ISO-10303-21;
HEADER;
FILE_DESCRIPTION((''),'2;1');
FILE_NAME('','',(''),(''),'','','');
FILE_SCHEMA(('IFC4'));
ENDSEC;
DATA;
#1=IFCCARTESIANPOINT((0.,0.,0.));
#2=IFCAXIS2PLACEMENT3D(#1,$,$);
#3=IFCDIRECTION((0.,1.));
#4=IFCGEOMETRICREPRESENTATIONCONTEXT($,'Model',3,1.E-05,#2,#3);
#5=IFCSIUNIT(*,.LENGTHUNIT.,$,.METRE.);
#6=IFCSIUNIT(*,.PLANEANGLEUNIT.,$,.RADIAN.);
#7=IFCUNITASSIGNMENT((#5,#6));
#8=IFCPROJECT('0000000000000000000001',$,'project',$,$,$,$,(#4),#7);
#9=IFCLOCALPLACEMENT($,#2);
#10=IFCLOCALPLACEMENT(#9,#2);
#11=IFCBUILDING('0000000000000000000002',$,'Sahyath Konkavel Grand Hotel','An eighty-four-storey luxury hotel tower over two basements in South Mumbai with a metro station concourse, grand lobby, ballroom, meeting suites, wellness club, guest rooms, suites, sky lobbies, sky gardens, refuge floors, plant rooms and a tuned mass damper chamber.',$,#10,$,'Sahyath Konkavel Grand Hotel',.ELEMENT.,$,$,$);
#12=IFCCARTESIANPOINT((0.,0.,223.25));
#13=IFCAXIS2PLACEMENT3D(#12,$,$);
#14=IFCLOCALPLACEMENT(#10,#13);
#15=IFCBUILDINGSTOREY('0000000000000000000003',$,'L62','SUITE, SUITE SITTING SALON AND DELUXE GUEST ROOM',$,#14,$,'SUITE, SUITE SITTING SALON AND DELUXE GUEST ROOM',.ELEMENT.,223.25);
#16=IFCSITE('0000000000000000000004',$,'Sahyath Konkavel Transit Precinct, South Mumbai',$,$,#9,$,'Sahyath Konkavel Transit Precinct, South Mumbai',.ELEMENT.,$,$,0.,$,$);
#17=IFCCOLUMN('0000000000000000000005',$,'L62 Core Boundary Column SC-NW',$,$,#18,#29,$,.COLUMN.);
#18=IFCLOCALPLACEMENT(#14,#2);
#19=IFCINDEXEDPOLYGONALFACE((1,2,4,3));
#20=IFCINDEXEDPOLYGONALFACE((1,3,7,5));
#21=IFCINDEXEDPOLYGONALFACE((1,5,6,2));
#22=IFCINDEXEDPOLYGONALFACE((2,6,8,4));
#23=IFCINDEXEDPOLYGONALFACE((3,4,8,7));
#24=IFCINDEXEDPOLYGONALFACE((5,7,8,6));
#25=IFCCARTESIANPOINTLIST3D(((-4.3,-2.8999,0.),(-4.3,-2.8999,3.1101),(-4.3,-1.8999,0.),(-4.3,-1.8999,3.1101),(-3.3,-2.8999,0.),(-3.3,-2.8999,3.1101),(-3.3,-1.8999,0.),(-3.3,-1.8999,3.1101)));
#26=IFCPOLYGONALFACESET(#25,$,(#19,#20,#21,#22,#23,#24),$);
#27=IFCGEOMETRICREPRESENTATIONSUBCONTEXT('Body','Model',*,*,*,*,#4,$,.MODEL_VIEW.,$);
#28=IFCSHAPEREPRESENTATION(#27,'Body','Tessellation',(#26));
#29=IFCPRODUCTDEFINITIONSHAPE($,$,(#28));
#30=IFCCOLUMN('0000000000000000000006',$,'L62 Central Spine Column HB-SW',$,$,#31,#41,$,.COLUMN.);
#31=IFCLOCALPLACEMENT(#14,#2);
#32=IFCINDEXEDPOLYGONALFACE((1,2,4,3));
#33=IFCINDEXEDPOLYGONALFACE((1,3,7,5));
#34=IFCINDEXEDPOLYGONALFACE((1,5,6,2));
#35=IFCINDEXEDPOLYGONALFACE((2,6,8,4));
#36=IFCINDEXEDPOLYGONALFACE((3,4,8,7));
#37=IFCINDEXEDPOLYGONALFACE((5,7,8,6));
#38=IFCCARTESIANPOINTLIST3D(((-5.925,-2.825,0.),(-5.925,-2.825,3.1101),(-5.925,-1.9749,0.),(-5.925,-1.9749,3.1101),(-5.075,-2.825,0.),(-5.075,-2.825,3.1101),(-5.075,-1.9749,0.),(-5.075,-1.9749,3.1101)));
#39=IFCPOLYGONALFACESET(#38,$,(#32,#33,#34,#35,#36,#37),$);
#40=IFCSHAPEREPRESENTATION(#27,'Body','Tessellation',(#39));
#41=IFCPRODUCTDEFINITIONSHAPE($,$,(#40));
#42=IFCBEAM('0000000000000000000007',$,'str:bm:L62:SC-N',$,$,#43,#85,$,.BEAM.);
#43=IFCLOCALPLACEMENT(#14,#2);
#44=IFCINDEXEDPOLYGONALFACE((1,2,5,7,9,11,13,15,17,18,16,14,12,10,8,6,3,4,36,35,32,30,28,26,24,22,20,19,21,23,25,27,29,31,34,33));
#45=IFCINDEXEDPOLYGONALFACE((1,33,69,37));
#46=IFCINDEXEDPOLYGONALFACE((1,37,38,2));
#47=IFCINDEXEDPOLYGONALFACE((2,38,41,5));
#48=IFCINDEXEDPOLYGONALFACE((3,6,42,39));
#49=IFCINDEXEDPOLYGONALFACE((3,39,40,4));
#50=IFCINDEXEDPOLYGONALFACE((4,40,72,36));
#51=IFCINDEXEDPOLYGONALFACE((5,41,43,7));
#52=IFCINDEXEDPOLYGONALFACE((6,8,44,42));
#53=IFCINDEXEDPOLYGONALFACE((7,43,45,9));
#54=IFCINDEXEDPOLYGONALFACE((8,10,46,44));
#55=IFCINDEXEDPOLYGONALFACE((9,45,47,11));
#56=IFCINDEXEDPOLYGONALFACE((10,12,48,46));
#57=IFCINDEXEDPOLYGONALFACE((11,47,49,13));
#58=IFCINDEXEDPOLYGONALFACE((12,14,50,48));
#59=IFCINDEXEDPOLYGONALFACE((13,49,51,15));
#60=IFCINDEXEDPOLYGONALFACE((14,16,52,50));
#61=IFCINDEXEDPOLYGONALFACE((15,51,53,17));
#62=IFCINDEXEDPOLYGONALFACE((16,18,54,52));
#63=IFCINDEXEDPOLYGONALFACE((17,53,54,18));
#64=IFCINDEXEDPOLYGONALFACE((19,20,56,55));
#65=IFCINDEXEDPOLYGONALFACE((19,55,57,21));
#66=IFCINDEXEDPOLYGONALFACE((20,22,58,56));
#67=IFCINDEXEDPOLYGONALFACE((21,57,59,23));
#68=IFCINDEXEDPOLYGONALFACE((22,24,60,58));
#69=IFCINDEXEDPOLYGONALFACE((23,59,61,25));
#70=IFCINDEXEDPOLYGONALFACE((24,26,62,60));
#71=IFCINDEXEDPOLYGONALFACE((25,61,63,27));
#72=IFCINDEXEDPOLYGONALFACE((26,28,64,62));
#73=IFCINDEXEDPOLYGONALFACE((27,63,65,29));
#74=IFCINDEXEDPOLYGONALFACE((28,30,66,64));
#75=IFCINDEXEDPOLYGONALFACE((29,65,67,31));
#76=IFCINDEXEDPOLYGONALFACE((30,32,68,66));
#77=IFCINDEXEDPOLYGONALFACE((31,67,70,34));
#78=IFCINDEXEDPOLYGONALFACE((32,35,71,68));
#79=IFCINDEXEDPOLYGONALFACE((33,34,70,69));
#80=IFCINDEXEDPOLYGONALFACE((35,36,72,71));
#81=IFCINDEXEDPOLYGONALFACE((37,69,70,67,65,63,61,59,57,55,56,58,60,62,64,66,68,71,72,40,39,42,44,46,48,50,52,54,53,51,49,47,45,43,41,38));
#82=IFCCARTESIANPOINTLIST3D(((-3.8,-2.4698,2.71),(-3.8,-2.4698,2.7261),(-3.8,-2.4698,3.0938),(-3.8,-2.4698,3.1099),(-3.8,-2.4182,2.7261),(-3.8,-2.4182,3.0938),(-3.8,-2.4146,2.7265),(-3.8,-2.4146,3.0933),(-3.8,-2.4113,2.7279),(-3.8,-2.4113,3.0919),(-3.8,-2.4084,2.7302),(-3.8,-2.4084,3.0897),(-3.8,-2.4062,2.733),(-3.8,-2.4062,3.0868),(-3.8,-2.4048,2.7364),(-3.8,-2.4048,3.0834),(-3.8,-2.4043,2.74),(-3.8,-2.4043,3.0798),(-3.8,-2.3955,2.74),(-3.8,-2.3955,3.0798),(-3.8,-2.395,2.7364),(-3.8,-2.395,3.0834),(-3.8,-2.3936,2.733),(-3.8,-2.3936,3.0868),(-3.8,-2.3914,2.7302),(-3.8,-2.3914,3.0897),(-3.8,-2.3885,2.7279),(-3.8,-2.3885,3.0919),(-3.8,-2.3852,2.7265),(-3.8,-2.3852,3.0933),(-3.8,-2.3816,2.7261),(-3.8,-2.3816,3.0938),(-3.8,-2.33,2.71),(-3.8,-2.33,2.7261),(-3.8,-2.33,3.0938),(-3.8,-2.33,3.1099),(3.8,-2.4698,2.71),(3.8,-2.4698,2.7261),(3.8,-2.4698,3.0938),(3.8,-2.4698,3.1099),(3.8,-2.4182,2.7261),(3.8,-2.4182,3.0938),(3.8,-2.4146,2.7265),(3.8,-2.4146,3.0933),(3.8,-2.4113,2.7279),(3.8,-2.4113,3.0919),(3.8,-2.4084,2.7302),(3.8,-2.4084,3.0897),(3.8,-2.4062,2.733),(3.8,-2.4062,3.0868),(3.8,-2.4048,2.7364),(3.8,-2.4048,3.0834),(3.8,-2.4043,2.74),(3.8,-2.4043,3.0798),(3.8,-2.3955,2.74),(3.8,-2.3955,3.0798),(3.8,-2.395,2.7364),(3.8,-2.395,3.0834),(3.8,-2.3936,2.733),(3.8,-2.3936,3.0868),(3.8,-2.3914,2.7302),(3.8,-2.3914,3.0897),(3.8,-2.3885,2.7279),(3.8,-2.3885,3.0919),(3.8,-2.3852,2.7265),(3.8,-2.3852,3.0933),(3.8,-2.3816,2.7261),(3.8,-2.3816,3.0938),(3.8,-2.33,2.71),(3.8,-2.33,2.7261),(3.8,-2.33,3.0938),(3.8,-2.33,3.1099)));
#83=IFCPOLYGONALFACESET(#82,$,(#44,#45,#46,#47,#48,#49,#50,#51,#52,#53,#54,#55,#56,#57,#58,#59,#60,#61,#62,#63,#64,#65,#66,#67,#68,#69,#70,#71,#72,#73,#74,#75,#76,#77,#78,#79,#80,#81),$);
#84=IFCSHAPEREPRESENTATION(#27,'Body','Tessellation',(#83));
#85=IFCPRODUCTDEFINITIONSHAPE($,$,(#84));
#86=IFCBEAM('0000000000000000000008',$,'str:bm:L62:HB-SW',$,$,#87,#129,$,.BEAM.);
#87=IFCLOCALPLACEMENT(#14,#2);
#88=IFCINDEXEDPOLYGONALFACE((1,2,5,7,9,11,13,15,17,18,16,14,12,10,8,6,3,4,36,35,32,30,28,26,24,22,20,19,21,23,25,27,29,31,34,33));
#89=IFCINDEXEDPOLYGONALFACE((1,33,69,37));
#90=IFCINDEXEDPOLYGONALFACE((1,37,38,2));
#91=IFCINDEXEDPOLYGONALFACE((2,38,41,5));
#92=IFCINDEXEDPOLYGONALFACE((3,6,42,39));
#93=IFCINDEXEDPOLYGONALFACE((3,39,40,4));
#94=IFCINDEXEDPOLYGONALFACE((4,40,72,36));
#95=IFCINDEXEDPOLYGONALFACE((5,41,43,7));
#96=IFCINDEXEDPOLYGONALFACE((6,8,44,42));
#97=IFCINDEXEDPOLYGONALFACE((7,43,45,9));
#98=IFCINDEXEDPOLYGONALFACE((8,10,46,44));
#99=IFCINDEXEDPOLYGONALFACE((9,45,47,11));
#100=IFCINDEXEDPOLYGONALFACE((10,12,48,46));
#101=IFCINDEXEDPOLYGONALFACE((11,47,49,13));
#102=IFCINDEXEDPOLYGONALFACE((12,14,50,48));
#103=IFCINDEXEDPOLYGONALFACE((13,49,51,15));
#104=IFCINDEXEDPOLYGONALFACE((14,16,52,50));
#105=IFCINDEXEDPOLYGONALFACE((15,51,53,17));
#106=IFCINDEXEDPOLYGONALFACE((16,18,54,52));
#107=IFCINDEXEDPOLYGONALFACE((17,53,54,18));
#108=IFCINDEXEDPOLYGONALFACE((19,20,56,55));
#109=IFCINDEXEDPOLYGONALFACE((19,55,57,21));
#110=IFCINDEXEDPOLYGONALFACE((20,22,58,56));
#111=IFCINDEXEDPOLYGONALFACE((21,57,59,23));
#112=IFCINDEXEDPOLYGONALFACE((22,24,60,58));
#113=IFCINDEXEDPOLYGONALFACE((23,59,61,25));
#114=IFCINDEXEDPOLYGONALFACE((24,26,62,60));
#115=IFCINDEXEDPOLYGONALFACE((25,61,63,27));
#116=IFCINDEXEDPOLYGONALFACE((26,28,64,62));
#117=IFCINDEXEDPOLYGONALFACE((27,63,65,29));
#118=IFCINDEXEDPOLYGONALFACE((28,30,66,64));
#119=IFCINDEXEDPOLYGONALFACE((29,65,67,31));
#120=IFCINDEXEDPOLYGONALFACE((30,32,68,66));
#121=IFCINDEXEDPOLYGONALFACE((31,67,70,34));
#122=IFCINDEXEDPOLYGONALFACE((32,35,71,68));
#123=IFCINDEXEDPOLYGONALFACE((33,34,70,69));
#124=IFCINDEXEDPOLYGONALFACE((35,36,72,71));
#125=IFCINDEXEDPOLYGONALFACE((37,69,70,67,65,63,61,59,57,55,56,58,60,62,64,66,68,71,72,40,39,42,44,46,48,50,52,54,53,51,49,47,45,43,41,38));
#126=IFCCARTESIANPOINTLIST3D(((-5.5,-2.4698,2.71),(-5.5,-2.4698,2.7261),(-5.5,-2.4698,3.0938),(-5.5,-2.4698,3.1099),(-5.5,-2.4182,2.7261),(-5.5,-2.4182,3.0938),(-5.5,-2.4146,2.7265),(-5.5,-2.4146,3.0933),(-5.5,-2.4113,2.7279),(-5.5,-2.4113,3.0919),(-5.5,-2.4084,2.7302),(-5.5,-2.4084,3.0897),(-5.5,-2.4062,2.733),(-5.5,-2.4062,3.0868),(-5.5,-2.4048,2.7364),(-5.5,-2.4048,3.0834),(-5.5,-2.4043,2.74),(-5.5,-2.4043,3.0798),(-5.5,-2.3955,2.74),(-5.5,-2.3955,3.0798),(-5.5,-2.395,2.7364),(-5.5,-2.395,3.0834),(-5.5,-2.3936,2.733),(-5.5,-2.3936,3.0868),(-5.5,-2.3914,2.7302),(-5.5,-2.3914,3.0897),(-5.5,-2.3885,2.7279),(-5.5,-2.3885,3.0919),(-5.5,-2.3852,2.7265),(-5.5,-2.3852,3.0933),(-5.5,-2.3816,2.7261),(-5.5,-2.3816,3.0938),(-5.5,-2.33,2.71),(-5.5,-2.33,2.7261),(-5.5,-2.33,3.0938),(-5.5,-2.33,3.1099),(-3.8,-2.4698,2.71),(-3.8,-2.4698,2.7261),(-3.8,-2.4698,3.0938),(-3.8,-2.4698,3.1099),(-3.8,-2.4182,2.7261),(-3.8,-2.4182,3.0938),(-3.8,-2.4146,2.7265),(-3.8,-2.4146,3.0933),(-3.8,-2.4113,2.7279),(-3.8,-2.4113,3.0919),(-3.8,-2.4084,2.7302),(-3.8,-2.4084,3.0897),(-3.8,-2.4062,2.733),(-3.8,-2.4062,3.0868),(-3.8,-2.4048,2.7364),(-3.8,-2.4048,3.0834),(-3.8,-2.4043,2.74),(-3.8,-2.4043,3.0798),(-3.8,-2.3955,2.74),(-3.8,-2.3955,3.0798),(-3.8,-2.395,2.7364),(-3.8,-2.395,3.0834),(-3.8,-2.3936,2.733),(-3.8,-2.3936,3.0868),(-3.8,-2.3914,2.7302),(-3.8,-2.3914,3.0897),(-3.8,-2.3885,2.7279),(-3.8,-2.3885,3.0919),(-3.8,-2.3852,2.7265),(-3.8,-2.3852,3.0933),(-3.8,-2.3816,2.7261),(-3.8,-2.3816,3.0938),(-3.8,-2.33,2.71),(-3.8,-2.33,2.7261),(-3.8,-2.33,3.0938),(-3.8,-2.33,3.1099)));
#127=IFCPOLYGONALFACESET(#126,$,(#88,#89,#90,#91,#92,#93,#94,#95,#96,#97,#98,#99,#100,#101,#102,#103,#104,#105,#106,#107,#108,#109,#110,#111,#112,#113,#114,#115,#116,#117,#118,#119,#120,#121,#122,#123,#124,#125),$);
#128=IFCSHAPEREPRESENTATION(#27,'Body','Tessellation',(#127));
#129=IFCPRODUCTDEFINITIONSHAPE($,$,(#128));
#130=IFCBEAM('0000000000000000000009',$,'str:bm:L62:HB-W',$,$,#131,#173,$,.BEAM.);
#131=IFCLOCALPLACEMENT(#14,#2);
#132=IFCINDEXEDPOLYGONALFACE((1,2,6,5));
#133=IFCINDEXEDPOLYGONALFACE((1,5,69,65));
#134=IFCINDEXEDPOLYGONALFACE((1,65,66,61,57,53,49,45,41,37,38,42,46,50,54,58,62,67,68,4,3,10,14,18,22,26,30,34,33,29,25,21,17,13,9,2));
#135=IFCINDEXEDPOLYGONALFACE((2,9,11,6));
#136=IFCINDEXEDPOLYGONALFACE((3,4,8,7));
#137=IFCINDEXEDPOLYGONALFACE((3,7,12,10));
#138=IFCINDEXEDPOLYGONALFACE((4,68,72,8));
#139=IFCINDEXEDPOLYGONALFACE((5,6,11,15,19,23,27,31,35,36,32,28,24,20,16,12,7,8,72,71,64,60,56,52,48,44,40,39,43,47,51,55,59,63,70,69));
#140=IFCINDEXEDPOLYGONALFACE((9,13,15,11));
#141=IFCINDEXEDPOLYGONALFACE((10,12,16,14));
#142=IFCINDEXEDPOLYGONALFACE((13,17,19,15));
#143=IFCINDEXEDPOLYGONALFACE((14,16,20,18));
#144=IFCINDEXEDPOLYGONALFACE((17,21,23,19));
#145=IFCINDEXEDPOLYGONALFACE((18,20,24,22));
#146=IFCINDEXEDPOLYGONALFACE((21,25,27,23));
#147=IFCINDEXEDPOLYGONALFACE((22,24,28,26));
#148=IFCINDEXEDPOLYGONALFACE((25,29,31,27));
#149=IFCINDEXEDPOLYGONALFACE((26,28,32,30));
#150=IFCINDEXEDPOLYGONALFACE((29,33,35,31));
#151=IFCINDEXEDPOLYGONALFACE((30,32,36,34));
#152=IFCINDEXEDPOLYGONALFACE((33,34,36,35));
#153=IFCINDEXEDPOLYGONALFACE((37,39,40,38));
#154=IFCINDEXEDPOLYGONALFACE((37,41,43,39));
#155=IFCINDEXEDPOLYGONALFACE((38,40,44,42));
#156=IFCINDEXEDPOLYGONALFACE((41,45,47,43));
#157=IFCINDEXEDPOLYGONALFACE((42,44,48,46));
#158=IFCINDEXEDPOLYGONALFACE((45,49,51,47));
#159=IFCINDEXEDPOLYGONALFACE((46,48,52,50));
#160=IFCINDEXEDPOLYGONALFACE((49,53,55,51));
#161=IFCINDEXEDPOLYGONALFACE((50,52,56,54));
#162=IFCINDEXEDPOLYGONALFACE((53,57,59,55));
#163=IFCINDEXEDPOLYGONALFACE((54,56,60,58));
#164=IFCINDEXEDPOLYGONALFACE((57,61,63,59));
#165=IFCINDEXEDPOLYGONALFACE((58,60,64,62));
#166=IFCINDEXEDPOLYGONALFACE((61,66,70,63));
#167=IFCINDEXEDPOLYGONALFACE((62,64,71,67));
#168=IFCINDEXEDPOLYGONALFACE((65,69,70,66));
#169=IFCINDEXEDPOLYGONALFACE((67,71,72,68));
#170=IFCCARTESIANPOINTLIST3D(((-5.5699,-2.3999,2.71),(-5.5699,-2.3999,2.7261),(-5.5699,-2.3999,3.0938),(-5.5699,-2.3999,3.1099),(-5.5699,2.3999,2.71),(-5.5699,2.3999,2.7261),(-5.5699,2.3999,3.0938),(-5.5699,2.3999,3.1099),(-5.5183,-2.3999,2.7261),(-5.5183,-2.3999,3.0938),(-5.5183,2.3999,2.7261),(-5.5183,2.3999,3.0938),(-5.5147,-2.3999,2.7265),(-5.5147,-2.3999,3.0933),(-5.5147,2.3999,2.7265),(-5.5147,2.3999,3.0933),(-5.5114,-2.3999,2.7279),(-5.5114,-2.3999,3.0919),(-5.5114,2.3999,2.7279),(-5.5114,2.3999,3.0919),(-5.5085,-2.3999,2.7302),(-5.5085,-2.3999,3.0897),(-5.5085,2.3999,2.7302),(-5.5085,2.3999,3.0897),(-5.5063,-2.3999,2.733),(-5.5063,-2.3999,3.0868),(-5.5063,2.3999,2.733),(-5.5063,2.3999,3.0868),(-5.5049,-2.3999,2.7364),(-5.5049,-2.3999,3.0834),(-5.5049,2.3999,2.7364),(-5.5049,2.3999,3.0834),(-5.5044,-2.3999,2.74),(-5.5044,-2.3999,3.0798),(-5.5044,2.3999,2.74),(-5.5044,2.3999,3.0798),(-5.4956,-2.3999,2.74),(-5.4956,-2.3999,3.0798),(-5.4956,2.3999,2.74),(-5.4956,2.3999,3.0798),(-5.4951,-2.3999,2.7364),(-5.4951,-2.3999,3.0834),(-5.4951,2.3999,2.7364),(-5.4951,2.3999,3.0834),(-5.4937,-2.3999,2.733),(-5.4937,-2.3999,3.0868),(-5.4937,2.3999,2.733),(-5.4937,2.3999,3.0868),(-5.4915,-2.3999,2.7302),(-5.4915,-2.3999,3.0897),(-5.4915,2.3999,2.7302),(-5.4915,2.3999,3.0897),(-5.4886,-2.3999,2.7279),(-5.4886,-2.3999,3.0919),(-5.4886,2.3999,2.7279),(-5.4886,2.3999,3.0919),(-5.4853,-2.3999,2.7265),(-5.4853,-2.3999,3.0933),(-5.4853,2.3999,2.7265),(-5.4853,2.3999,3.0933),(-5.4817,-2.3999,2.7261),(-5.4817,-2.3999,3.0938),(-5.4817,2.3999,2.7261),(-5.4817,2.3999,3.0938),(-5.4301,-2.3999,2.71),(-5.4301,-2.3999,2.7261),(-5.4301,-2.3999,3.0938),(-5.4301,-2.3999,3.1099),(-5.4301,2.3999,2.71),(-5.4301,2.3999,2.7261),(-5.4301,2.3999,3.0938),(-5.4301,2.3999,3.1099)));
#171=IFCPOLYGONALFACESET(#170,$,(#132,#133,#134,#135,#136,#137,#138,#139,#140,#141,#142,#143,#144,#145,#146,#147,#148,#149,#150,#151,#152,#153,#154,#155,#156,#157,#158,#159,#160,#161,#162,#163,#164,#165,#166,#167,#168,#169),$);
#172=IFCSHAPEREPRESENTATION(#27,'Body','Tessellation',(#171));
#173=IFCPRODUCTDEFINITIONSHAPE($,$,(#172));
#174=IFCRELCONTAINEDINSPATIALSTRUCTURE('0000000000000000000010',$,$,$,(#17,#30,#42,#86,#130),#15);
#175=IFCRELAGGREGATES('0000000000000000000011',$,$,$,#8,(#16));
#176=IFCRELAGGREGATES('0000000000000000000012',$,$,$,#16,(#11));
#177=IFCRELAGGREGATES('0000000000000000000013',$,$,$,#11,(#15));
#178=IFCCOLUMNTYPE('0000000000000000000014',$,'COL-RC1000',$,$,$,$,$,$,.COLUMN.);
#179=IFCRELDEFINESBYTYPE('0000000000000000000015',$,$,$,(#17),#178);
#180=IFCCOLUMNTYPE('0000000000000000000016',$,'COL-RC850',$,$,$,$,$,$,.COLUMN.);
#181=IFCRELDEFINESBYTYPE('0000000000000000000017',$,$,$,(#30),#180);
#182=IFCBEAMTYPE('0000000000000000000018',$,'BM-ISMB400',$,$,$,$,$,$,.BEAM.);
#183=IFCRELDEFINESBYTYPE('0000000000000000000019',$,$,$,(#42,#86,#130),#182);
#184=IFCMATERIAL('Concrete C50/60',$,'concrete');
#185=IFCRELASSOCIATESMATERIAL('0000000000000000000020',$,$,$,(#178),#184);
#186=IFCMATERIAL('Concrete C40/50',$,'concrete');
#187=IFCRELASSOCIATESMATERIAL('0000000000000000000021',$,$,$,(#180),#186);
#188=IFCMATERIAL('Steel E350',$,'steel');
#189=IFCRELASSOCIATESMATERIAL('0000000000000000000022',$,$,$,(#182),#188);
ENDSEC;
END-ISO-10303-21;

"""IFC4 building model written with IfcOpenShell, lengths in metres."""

from ifc_helpers import new_model, si_unit, direction, frame, origin, origin_2d, place, context, subcontext, project, spatial, rectangle, i_section, extrude, source, transform, mapped, material, material_profile, profile_set, type_object, element, save


model = new_model("IFC4")

# Units and contexts
model_context = context("Model", 3, precision=1e-05, world=origin(), true_north=direction((0.0, 1.0)))
body_context = subcontext(model_context, "Body", "Model", "MODEL_VIEW")
ifc_project = project(units=[si_unit("LENGTHUNIT", "METRE"), si_unit("PLANEANGLEUNIT", "RADIAN")], contexts=[model_context])

# Site, building, storey
site_placement = place(None, origin())
site = spatial("IfcSite", under=ifc_project, at=site_placement, Name="Sahyath Konkavel Transit Precinct, South Mumbai", LongName="Sahyath Konkavel Transit Precinct, South Mumbai", CompositionType="ELEMENT", RefElevation=0.0)
building_placement = place(site_placement, origin())
building = spatial("IfcBuilding", under=site, at=building_placement, Name="Sahyath Konkavel Grand Hotel", Description="An eighty-four-storey luxury hotel tower over two basements in South Mumbai with a metro station concourse, grand lobby, ballroom, meeting suites, wellness club, guest rooms, suites, sky lobbies, sky gardens, refuge floors, plant rooms and a tuned mass damper chamber.", LongName="Sahyath Konkavel Grand Hotel", CompositionType="ELEMENT")
storey_placement = place(building_placement, frame((0.0, 0.0, 223.25)))
storey = spatial("IfcBuildingStorey", under=building, at=storey_placement, Name="L62", Description="SUITE, SUITE SITTING SALON AND DELUXE GUEST ROOM", LongName="SUITE, SUITE SITTING SALON AND DELUXE GUEST ROOM", CompositionType="ELEMENT", Elevation=223.25)

# Columns
ifc_material_1 = material(Name="Concrete C50/60", Category="concrete")
ifc_material_profile_1 = material_profile(ifc_material_1, rectangle(XDim=1.0, YDim=1.0, at=origin_2d()), Name="RC 1000x1000")
ifc_profile_set_1 = profile_set([ifc_material_profile_1], Name="Concrete C50/60")
column_type_1 = type_object("IfcColumnType", Name="COL-RC1000", PredefinedType="COLUMN", material=ifc_profile_set_1)
shared_shape_1 = source(origin(), body_context, "Body", "SweptSolid", [
    extrude(rectangle(XDim=1.0, YDim=1.0, at=origin_2d()), origin(), (0.0, 0.0, 1.0), 3.1101),
])
column_1_placement = place(storey_placement, frame((-3.8, -2.3999, 0.0), z_axis=(0.0, 0.0, 1.0), x_axis=(1.0, 0.0, 0.0)))
element("IfcColumn", 1, at=column_1_placement, inside=storey, type_object=column_type_1, Name="L62 Core Boundary Column SC-NW", PredefinedType="COLUMN", context=body_context, shape_type="MappedRepresentation", body=[
    mapped(shared_shape_1, transform((0.0, 0.0, 0.0), scale=1.0)),
])
ifc_material_2 = material(Name="Concrete C40/50", Category="concrete")
ifc_material_profile_2 = material_profile(ifc_material_2, rectangle(XDim=0.8501, YDim=0.8501, at=origin_2d()), Name="RC 850x850")
ifc_profile_set_2 = profile_set([ifc_material_profile_2], Name="Concrete C40/50")
column_type_2 = type_object("IfcColumnType", Name="COL-RC850", PredefinedType="COLUMN", material=ifc_profile_set_2)
shared_shape_2 = source(origin(), body_context, "Body", "SweptSolid", [
    extrude(rectangle(XDim=0.8501, YDim=0.8501, at=origin_2d()), origin(), (0.0, 0.0, 1.0), 3.1101),
])
column_2_placement = place(storey_placement, frame((-5.5, -2.3999, 0.0), z_axis=(0.0, 0.0, 1.0), x_axis=(1.0, 0.0, 0.0)))
element("IfcColumn", 2, at=column_2_placement, inside=storey, type_object=column_type_2, Name="L62 Central Spine Column HB-SW", PredefinedType="COLUMN", context=body_context, shape_type="MappedRepresentation", body=[
    mapped(shared_shape_2, transform((0.0, 0.0, 0.0), scale=1.0)),
])

# Beams
ifc_material_3 = material(Name="Steel E350", Category="steel")
ifc_material_profile_3 = material_profile(ifc_material_3, i_section(OverallWidth=0.1399, OverallDepth=0.3999, WebThickness=0.0088, FlangeThickness=0.0161, FilletRadius=0.0139, at=origin_2d()), Name="ISMB 400")
ifc_profile_set_3 = profile_set([ifc_material_profile_3], Name="Steel E350")
beam_type_1 = type_object("IfcBeamType", Name="BM-ISMB400", PredefinedType="BEAM", material=ifc_profile_set_3)
shared_shape_3 = source(origin(), body_context, "Body", "SweptSolid", [
    extrude(i_section(OverallWidth=0.1399, OverallDepth=0.3999, WebThickness=0.0088, FlangeThickness=0.0161, FilletRadius=0.0139, at=origin_2d()), origin(), (0.0, 0.0, 1.0), 7.6001),
])
beam_1_placement = place(storey_placement, frame((-3.8, -2.3999, 2.9099), z_axis=(1.0, 0.0, 0.0), x_axis=(0.0, 1.0, 0.0)))
element("IfcBeam", 3, at=beam_1_placement, inside=storey, type_object=beam_type_1, Name="str:bm:L62:SC-N", PredefinedType="BEAM", context=body_context, shape_type="MappedRepresentation", body=[
    mapped(shared_shape_3, transform((0.0, 0.0, 0.0), scale=1.0)),
])
shared_shape_4 = source(origin(), body_context, "Body", "SweptSolid", [
    extrude(i_section(OverallWidth=0.1399, OverallDepth=0.3999, WebThickness=0.0088, FlangeThickness=0.0161, FilletRadius=0.0139, at=origin_2d()), origin(), (0.0, 0.0, 1.0), 1.7),
])
beam_2_placement = place(storey_placement, frame((-5.5, -2.3999, 2.9099), z_axis=(1.0, 0.0, 0.0), x_axis=(0.0, 1.0, 0.0)))
element("IfcBeam", 4, at=beam_2_placement, inside=storey, type_object=beam_type_1, Name="str:bm:L62:HB-SW", PredefinedType="BEAM", context=body_context, shape_type="MappedRepresentation", body=[
    mapped(shared_shape_4, transform((0.0, 0.0, 0.0), scale=1.0)),
])
shared_shape_5 = source(origin(), body_context, "Body", "SweptSolid", [
    extrude(i_section(OverallWidth=0.1399, OverallDepth=0.3999, WebThickness=0.0088, FlangeThickness=0.0161, FilletRadius=0.0139, at=origin_2d()), origin(), (0.0, 0.0, 1.0), 4.7998),
])
beam_3_placement = place(storey_placement, frame((-5.5, -2.3999, 2.9099), z_axis=(0.0, 1.0, 0.0), x_axis=(-1.0, 0.0, 0.0)))
element("IfcBeam", 5, at=beam_3_placement, inside=storey, type_object=beam_type_1, Name="str:bm:L62:HB-W", PredefinedType="BEAM", context=body_context, shape_type="MappedRepresentation", body=[
    mapped(shared_shape_5, transform((0.0, 0.0, 0.0), scale=1.0)),
])

save(model, "model.ifc")
